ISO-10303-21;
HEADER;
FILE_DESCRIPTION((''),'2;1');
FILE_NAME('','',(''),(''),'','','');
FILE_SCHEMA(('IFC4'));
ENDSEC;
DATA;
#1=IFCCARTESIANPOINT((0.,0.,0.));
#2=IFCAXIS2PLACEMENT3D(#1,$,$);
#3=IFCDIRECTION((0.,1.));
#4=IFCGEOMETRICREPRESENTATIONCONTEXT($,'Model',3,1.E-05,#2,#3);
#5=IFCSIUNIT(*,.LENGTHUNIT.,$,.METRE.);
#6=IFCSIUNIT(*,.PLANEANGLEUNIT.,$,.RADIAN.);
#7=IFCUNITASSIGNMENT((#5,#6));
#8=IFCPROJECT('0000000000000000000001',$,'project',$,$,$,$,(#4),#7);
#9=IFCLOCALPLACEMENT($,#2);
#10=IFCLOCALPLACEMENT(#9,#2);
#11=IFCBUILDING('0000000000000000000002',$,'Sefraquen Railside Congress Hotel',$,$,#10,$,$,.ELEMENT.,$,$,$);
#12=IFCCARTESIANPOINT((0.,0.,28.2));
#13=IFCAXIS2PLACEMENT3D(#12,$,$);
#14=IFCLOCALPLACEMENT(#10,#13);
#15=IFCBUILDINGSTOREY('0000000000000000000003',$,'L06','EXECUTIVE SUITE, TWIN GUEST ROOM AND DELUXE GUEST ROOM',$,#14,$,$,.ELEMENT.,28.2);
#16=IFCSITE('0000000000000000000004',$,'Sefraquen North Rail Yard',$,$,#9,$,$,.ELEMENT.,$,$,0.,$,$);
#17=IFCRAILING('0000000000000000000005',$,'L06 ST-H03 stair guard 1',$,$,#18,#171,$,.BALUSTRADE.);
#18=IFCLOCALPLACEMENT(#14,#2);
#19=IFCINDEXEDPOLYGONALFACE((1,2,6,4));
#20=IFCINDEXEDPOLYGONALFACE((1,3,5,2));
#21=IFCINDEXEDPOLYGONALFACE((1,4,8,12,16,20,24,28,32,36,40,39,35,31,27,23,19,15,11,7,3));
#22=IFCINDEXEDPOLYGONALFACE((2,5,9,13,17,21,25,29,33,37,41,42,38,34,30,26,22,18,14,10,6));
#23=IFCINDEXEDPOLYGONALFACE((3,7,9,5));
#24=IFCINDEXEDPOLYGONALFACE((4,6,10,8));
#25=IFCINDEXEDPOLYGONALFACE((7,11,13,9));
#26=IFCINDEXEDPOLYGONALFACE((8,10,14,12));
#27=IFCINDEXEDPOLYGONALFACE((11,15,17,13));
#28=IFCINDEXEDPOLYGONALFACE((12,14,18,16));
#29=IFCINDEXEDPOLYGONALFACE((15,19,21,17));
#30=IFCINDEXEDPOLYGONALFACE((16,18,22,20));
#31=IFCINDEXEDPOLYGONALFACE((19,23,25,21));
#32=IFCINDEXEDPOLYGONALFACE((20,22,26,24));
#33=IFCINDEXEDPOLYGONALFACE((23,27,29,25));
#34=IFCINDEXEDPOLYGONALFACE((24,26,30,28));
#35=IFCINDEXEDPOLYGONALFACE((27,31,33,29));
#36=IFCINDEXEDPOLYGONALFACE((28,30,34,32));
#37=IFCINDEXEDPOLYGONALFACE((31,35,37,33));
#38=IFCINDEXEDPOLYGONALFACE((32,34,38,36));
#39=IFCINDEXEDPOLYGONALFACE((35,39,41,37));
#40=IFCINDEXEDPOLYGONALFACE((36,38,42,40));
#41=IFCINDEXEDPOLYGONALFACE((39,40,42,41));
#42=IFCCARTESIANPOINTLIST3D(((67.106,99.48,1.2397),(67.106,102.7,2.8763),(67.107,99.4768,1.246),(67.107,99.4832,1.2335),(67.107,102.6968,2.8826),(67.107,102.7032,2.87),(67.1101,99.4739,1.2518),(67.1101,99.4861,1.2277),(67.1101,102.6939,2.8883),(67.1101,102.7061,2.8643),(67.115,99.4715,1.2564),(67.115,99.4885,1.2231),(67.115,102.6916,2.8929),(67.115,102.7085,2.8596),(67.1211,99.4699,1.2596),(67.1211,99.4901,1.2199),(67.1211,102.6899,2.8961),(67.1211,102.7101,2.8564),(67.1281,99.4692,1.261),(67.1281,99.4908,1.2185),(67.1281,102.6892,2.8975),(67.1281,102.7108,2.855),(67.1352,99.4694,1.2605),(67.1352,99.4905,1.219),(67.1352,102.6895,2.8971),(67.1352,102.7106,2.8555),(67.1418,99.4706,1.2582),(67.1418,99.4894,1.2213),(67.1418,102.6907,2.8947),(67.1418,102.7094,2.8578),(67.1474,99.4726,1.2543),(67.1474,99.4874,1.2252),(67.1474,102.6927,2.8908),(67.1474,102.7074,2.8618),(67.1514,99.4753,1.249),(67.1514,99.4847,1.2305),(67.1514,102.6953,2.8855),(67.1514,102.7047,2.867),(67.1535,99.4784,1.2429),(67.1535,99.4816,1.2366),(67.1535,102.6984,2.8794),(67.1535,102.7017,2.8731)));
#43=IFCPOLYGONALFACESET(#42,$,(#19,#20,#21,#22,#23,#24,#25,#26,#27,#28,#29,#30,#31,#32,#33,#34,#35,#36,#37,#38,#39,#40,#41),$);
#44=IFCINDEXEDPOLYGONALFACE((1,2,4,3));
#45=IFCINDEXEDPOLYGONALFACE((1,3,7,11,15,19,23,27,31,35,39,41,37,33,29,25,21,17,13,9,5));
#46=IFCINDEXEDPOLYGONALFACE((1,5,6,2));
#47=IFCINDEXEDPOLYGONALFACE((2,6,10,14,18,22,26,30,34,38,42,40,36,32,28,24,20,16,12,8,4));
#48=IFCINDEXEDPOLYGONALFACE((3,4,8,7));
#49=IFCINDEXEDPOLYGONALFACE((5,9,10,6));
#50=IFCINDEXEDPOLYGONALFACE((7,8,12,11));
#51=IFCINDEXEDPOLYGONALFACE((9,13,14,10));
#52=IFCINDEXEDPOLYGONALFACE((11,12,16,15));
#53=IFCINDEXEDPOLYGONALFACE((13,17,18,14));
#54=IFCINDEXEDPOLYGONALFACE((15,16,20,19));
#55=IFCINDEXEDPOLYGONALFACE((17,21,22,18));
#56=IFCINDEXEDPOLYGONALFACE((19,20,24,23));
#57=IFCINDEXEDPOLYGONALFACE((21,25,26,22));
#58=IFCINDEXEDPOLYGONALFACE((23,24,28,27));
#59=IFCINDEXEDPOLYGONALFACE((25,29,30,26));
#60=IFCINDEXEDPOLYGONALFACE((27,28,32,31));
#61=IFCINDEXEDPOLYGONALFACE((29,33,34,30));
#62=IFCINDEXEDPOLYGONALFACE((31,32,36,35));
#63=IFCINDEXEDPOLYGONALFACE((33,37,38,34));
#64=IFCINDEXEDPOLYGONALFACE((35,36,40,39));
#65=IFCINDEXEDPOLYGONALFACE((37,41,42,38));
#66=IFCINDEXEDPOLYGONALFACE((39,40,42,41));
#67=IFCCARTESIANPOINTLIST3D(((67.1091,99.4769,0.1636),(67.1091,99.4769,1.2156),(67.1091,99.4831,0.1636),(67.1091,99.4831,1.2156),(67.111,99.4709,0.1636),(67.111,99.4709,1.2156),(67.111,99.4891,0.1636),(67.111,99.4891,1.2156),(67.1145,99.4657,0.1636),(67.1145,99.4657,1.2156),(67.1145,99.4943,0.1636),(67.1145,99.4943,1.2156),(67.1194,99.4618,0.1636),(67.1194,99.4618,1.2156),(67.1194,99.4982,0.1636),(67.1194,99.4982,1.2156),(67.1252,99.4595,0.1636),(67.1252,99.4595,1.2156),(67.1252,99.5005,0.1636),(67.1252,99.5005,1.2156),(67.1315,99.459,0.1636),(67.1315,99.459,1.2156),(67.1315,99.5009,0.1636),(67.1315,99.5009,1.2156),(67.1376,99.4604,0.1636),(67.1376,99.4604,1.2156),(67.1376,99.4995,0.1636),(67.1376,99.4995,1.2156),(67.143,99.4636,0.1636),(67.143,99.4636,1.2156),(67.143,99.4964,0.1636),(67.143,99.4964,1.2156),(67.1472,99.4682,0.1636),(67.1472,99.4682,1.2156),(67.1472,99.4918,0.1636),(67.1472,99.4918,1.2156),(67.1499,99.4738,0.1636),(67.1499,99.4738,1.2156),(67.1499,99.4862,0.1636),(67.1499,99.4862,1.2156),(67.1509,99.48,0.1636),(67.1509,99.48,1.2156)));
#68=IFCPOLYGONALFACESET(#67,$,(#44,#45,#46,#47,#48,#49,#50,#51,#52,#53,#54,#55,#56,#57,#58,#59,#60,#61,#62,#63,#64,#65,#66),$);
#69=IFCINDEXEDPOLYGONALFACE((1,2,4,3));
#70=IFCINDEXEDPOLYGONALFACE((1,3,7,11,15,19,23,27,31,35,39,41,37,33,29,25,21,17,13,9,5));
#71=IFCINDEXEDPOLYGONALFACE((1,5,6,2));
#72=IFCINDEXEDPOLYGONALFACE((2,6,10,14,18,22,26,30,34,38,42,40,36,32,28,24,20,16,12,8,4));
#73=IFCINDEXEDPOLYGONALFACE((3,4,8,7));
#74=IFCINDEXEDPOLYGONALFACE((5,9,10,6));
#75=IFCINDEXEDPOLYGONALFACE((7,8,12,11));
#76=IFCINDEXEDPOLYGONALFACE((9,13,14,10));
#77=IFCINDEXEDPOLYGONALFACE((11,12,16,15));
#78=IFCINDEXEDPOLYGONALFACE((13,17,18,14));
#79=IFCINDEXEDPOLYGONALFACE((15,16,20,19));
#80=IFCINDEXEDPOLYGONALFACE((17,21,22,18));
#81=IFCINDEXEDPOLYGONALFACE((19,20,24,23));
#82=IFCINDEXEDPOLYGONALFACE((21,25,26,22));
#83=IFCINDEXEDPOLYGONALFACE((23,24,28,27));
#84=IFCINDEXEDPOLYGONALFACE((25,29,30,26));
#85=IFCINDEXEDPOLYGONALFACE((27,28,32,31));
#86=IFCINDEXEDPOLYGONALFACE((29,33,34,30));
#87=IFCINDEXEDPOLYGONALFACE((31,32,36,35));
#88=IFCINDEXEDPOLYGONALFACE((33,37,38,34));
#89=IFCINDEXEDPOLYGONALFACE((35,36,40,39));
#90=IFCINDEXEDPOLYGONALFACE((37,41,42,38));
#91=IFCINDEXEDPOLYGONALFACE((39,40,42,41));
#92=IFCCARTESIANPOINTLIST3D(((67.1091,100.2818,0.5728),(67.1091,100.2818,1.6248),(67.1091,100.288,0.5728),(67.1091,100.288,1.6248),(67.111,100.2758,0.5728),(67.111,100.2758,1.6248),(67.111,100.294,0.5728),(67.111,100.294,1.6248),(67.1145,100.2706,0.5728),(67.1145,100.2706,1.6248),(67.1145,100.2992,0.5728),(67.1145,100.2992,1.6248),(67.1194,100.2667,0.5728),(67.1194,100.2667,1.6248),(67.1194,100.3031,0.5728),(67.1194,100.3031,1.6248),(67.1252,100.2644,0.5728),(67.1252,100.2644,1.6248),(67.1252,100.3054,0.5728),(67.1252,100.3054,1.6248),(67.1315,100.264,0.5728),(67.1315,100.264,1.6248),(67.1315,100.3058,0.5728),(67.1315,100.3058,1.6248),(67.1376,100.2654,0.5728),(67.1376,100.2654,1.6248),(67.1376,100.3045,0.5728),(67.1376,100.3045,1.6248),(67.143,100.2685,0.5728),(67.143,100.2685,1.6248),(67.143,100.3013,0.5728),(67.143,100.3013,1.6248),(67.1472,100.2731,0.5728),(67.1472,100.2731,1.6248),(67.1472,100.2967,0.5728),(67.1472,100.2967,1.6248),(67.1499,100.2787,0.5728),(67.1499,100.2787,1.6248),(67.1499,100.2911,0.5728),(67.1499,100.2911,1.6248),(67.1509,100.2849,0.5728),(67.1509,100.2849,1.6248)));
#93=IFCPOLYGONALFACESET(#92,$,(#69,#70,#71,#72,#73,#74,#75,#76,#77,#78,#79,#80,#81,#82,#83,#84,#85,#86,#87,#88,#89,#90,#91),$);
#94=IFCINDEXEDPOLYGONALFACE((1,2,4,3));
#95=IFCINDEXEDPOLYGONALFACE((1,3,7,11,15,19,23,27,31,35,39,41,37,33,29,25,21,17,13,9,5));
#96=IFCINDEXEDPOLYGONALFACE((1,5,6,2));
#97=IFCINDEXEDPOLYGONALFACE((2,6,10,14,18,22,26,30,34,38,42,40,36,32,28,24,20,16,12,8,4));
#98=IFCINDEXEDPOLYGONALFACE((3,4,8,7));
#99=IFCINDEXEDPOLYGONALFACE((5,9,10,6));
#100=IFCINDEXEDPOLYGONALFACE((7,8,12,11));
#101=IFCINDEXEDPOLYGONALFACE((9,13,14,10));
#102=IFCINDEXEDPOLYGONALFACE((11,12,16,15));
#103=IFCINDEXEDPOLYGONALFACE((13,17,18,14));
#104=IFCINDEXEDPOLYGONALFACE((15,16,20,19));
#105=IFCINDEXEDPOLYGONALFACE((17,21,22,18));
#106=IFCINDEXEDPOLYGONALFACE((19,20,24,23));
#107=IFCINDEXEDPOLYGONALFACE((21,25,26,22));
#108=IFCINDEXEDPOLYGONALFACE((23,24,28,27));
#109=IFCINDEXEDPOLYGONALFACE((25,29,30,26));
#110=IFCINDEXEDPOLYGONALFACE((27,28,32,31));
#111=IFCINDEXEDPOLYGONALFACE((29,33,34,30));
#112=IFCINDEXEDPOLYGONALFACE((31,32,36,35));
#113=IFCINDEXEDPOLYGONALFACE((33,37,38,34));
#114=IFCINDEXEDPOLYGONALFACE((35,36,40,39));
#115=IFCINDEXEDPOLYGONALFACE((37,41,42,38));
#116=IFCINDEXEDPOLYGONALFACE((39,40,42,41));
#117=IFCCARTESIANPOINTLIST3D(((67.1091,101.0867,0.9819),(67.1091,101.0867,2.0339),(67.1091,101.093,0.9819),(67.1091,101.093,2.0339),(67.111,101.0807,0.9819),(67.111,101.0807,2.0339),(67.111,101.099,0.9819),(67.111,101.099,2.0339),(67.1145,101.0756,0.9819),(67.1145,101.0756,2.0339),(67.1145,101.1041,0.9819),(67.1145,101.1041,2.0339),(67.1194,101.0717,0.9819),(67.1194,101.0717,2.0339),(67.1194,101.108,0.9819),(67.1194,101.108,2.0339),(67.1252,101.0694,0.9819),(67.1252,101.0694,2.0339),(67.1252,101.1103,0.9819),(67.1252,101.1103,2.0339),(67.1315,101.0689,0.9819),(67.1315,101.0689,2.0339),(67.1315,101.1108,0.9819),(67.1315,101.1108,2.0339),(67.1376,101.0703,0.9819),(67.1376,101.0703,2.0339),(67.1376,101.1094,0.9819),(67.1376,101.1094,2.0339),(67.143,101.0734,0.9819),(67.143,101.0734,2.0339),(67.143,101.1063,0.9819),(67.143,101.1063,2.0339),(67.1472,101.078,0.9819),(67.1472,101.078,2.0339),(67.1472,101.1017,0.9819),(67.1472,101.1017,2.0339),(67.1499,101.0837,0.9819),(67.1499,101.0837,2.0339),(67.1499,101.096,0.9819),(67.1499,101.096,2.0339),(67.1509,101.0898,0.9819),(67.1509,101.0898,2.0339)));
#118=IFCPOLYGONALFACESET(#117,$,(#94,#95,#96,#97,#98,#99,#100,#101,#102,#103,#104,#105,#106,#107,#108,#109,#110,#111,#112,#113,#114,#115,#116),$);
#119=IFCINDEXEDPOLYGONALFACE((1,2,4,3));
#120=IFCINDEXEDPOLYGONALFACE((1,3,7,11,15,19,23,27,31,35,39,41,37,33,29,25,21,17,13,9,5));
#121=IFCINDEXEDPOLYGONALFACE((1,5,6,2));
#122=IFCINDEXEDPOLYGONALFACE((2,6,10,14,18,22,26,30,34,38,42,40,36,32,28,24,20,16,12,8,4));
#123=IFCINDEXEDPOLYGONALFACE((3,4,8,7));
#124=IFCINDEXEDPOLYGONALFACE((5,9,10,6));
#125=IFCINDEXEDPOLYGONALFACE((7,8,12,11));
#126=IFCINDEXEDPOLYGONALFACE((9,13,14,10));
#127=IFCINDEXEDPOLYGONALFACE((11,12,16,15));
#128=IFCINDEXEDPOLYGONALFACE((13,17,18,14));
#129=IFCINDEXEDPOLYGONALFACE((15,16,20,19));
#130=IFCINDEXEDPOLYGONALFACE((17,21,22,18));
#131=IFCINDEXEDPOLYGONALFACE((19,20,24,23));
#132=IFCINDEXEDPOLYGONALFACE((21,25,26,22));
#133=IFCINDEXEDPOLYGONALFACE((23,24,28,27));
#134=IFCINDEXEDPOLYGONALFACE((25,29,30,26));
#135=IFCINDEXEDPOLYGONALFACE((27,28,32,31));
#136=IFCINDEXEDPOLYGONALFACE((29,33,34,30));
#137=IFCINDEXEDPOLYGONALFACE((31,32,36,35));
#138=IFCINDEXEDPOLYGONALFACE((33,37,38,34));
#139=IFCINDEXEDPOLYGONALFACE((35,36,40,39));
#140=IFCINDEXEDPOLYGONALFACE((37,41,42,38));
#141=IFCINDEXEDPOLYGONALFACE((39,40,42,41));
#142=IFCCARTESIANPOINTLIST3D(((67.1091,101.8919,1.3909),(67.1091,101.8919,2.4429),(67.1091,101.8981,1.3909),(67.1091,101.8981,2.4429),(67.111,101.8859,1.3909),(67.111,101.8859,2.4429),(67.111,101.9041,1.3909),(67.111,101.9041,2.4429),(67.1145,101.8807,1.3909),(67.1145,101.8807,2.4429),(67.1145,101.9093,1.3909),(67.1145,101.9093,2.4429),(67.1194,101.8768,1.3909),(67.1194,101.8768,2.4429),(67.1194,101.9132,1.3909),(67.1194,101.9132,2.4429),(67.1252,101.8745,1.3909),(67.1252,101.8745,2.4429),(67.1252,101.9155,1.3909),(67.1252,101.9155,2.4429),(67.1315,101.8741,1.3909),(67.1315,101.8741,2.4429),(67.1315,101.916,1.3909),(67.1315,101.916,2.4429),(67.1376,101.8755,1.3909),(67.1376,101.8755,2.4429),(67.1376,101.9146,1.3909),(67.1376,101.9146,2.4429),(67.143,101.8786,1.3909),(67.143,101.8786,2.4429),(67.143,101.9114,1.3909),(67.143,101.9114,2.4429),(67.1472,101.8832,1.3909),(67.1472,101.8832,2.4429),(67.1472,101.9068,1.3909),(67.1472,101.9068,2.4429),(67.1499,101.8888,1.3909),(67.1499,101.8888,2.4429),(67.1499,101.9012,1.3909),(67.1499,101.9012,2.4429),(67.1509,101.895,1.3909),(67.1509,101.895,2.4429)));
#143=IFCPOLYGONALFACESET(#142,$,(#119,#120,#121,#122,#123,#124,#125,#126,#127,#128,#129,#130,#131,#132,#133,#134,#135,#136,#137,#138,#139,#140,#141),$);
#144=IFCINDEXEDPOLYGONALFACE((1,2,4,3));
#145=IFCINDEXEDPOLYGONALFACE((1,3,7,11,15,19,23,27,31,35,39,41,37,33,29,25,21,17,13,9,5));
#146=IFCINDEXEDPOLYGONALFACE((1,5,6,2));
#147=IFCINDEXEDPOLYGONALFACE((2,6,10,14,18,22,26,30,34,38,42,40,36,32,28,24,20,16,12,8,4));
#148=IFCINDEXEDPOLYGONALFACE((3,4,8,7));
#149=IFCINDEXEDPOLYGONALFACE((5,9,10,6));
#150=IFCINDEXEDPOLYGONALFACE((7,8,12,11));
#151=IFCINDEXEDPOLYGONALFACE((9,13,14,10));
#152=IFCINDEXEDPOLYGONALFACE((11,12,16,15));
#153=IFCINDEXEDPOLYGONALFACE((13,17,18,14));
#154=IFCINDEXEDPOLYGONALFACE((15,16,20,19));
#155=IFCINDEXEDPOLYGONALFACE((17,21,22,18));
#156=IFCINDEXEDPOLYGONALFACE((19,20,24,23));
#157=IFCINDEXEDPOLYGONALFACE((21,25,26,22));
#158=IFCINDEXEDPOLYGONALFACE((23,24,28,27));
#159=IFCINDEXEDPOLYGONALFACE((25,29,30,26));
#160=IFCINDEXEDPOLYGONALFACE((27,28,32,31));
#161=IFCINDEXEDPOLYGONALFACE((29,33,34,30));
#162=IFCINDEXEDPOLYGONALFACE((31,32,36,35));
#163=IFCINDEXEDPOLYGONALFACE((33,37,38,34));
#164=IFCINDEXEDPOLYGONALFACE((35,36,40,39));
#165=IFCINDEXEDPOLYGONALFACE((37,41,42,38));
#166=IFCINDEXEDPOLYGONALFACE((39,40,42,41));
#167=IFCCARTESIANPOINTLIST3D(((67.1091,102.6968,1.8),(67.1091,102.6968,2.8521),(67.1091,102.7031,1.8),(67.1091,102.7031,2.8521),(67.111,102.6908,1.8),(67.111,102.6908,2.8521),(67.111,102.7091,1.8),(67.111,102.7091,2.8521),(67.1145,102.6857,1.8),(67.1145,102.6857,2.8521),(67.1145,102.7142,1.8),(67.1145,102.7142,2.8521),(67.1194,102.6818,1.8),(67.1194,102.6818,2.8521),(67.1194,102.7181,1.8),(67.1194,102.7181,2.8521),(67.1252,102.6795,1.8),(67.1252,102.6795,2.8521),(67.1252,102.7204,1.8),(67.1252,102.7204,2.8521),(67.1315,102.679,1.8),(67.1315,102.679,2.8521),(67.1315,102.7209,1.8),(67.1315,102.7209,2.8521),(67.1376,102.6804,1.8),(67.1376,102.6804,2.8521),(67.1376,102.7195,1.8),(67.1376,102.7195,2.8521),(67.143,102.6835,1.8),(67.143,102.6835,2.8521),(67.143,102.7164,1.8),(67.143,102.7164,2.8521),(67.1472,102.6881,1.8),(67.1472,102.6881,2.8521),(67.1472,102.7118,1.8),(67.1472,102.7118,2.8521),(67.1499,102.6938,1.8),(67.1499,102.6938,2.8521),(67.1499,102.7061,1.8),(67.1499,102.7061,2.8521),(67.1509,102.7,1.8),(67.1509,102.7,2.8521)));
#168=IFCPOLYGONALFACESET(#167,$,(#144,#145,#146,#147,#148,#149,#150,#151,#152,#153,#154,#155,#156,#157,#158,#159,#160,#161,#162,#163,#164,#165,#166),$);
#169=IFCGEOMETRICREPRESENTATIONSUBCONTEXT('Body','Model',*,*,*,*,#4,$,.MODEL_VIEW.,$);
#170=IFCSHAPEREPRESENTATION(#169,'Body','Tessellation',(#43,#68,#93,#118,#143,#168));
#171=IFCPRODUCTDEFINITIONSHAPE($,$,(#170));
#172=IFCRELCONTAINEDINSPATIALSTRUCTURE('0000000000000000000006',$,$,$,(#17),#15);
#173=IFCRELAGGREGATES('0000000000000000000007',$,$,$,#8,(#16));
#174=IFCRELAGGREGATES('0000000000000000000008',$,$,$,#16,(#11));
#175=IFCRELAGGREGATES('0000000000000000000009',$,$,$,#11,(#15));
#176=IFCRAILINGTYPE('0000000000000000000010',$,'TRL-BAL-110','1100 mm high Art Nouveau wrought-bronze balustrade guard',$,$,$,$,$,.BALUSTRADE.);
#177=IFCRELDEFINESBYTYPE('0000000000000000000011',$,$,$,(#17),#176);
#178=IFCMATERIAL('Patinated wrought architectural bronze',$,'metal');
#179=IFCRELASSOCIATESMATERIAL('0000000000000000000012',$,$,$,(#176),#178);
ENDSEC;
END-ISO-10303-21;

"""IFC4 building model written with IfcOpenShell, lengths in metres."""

from ifc_helpers import new_model, si_unit, direction, frame, origin, origin_2d, place, context, subcontext, project, spatial, circle, extrude, material, type_object, element, save


model = new_model("IFC4")

# Units and contexts
model_context = context("Model", 3, precision=1e-05, world=origin(), true_north=direction((0.0, 1.0)))
body_context = subcontext(model_context, "Body", "Model", "MODEL_VIEW")
ifc_project = project(units=[si_unit("LENGTHUNIT", "METRE"), si_unit("PLANEANGLEUNIT", "RADIAN")], contexts=[model_context])

# Site, building, storey
site_placement = place(None, origin())
site = spatial("IfcSite", under=ifc_project, at=site_placement, Name="Sefraquen North Rail Yard", CompositionType="ELEMENT", RefElevation=0.0)
building_placement = place(site_placement, origin())
building = spatial("IfcBuilding", under=site, at=building_placement, Name="Sefraquen Railside Congress Hotel", CompositionType="ELEMENT")
storey_placement = place(building_placement, frame((0.0, 0.0, 28.2)))
storey = spatial("IfcBuildingStorey", under=building, at=storey_placement, Name="L06", Description="EXECUTIVE SUITE, TWIN GUEST ROOM AND DELUXE GUEST ROOM", CompositionType="ELEMENT", Elevation=28.2)

# Railing
ifc_material_1 = material(Name="Patinated wrought architectural bronze", Category="metal")
railing_type_1 = type_object("IfcRailingType", Name="TRL-BAL-110", Description="1100 mm high Art Nouveau wrought-bronze balustrade guard", PredefinedType="BALUSTRADE", material=ifc_material_1)
railing_1_placement = place(storey_placement, frame((67.1299, 99.48, 0.1636)))
element("IfcRailing", 1, at=railing_1_placement, inside=storey, type_object=railing_type_1, Name="L06 ST-H03 stair guard 1", PredefinedType="BALUSTRADE", context=body_context, shape_type="SweptSolid", body=[
    extrude(circle(Radius=0.0239, at=origin_2d()), frame((0.0, 0.0, 1.0762), z_axis=(0.0, 0.891474, 0.453071), x_axis=(-1.0, 0.0, 0.0)), (0.0, 0.0, 1.0), 3.6121),
    extrude(circle(Radius=0.021, at=origin_2d()), origin(), (0.0, 0.0, 1.0), 1.052),
    extrude(circle(Radius=0.021, at=origin_2d()), frame((0.0, 0.8049, 0.4092)), (0.0, 0.0, 1.0), 1.052),
    extrude(circle(Radius=0.021, at=origin_2d()), frame((0.0, 1.6099, 0.8184)), (0.0, 0.0, 1.0), 1.052),
    extrude(circle(Radius=0.021, at=origin_2d()), frame((0.0, 2.415, 1.2273)), (0.0, 0.0, 1.0), 1.052),
    extrude(circle(Radius=0.021, at=origin_2d()), frame((0.0, 3.22, 1.6365)), (0.0, 0.0, 1.0), 1.052),
])

save(model, "model.ifc")
